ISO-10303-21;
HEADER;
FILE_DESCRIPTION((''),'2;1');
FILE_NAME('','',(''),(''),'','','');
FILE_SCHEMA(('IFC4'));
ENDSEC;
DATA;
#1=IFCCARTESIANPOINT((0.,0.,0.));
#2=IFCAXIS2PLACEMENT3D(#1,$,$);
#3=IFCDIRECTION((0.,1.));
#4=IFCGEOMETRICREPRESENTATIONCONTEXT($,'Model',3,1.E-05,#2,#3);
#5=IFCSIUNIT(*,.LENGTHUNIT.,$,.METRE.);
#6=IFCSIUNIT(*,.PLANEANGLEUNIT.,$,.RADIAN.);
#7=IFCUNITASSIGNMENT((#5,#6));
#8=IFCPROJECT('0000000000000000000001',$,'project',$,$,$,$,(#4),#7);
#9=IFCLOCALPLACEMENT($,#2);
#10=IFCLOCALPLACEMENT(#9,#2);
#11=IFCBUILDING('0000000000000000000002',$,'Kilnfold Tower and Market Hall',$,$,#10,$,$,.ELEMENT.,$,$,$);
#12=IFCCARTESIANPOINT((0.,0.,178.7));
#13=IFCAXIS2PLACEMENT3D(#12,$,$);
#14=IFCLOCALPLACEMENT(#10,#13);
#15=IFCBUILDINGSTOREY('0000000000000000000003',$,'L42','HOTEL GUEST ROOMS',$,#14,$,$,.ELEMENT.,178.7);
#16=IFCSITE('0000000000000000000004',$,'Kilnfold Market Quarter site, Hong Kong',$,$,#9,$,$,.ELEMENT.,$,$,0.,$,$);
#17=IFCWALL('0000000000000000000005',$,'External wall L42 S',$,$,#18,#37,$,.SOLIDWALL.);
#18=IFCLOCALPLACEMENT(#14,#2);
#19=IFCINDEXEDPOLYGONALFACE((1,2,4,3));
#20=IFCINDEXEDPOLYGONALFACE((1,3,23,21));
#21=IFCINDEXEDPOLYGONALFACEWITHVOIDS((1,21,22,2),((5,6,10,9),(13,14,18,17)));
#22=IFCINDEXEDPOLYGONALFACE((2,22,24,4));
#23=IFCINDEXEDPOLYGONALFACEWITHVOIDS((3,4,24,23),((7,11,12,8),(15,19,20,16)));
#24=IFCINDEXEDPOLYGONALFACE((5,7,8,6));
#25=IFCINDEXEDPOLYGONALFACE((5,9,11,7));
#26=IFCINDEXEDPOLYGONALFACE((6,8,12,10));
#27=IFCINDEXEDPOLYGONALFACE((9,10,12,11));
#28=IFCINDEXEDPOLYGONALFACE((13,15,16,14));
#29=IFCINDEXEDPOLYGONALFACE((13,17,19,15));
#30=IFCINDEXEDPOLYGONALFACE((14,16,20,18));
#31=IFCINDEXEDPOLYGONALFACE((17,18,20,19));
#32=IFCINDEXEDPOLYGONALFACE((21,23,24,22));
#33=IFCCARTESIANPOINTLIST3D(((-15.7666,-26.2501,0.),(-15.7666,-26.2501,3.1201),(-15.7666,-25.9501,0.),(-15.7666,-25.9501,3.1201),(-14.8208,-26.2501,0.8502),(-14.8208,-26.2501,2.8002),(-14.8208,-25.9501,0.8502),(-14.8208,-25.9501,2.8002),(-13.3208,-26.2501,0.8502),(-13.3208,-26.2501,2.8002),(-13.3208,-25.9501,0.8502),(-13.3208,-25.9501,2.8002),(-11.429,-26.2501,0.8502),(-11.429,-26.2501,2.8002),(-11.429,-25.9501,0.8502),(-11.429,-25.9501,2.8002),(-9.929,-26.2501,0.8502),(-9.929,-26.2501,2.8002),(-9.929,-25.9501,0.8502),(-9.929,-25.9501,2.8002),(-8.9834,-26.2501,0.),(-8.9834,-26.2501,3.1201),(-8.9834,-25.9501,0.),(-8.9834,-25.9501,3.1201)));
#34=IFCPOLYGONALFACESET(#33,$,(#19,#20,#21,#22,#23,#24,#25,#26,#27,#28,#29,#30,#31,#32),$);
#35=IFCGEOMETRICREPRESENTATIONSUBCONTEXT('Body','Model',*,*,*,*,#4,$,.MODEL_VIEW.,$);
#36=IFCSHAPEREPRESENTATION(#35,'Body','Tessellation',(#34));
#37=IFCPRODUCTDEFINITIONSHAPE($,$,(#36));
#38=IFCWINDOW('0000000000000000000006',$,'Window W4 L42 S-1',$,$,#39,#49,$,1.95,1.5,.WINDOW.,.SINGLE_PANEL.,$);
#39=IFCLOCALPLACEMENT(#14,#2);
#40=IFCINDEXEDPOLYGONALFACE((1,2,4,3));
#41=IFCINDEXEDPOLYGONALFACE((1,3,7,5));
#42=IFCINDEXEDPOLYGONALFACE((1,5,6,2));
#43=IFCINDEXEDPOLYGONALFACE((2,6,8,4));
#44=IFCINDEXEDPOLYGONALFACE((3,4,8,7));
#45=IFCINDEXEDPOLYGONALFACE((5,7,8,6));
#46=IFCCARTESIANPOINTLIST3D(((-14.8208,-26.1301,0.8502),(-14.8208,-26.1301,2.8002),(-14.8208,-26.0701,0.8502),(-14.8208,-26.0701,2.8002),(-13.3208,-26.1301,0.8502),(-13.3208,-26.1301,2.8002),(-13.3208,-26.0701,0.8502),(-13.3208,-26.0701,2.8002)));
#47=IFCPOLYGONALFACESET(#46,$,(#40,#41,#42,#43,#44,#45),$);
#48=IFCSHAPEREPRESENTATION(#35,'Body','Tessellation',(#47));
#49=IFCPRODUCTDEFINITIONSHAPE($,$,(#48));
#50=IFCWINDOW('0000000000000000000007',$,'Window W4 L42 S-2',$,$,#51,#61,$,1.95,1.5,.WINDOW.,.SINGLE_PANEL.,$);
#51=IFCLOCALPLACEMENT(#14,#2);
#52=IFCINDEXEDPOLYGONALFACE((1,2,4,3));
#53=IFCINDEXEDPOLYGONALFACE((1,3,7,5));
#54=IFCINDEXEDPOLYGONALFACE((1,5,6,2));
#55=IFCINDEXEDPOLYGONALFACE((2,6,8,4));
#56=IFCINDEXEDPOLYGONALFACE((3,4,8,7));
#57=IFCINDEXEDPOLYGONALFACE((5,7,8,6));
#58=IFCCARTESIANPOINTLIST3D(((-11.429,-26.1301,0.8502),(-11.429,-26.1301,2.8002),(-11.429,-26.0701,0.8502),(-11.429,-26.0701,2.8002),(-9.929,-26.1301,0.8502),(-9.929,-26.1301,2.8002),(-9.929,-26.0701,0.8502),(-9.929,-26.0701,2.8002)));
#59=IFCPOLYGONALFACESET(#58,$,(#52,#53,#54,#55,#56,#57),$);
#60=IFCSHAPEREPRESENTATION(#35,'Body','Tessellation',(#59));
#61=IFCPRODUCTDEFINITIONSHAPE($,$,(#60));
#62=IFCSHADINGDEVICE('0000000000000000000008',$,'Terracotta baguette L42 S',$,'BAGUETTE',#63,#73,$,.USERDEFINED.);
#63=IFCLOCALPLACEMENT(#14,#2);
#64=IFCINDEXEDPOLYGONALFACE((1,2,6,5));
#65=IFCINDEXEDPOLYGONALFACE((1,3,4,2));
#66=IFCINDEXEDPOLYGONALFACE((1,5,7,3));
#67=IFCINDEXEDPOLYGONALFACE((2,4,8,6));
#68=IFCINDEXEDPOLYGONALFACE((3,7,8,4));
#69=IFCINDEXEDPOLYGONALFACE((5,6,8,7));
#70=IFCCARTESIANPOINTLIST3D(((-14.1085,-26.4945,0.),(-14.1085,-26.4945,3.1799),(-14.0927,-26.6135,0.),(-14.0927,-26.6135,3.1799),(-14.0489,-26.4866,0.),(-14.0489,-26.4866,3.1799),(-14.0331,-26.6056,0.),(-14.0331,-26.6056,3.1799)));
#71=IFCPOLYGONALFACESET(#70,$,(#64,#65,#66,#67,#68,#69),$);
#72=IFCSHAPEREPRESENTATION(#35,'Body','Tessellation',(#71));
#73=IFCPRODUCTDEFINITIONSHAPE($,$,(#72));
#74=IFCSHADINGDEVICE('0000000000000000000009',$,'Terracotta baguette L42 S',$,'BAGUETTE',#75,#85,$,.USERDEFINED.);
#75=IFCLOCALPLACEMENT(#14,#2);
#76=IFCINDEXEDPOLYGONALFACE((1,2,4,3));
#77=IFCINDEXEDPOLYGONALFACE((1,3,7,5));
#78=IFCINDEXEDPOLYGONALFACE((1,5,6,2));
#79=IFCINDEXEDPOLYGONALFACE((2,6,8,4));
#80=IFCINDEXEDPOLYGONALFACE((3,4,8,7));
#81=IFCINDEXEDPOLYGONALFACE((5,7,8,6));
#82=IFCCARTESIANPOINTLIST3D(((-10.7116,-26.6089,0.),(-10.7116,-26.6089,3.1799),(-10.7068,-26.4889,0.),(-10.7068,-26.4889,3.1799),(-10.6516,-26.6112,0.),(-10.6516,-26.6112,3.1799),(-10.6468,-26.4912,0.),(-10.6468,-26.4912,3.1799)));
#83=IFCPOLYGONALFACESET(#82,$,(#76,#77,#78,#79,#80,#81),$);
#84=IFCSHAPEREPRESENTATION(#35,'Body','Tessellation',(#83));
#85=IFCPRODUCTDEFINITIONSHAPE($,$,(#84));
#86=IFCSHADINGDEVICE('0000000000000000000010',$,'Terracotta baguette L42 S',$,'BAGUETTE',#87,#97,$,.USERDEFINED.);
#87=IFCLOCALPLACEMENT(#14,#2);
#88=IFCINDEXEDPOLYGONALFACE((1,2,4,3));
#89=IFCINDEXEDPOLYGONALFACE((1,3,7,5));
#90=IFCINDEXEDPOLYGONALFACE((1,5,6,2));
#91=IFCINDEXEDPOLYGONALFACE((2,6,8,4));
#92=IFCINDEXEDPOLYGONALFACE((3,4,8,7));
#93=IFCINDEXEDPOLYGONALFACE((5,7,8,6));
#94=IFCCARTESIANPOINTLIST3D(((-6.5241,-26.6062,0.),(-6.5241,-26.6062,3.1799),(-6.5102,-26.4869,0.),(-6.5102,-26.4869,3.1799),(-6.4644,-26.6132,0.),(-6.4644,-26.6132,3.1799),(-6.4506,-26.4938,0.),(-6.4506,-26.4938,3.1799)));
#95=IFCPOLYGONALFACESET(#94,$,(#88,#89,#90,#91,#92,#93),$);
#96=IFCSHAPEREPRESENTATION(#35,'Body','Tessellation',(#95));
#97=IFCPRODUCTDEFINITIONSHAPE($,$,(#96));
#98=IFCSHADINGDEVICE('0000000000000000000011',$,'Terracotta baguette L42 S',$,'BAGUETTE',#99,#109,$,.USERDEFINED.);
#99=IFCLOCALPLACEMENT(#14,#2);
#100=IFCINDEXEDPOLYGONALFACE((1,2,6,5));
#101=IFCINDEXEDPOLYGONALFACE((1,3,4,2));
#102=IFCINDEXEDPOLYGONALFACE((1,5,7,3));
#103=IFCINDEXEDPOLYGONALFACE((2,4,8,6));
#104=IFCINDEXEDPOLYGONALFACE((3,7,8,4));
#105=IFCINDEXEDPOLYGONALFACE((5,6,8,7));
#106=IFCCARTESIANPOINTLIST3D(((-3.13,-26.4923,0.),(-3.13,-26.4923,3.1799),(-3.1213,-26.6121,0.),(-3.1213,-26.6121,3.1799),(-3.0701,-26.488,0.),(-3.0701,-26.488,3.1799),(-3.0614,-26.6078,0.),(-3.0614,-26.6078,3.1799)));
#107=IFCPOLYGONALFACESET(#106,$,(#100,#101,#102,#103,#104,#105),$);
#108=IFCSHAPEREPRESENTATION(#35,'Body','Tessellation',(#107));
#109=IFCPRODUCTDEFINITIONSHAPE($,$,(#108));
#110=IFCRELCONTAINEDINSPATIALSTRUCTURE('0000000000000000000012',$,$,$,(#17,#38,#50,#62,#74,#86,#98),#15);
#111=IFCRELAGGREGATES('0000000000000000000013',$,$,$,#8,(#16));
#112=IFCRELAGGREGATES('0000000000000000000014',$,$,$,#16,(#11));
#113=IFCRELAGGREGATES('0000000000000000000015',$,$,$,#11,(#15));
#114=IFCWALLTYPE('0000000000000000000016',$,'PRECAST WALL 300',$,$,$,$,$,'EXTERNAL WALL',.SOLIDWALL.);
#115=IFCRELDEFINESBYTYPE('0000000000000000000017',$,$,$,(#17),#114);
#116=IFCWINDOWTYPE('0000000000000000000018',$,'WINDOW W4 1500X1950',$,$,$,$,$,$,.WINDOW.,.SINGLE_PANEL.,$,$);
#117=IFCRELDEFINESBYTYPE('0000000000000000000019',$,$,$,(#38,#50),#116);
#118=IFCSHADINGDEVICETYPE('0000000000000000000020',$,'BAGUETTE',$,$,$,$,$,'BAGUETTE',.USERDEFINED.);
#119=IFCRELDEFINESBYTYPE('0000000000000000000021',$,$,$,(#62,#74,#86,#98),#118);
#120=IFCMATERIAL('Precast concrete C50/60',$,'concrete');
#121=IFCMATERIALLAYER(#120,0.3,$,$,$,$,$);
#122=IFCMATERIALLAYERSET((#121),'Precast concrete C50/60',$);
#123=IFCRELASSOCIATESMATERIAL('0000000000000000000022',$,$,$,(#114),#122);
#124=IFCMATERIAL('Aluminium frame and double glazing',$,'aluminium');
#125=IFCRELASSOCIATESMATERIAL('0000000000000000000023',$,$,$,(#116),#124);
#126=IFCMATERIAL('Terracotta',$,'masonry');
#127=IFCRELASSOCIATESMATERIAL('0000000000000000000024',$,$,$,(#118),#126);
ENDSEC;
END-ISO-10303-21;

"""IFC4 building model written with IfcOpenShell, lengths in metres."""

from ifc_helpers import new_model, si_unit, direction, frame, frame_2d, origin, origin_2d, place, context, subcontext, project, spatial, rectangle, extrude, source, transform, mapped, material, layer, layer_set, material_profile, profile_set, type_object, element, fill, save


model = new_model("IFC4")

# Units and contexts
model_context = context("Model", 3, precision=1e-05, world=origin(), true_north=direction((0.0, 1.0)))
body_context = subcontext(model_context, "Body", "Model", "MODEL_VIEW")
ifc_project = project(units=[si_unit("LENGTHUNIT", "METRE"), si_unit("PLANEANGLEUNIT", "RADIAN")], contexts=[model_context])

# Site, building, storey
site_placement = place(None, origin())
site = spatial("IfcSite", under=ifc_project, at=site_placement, Name="Kilnfold Market Quarter site, Hong Kong", CompositionType="ELEMENT", RefElevation=0.0)
building_placement = place(site_placement, origin())
building = spatial("IfcBuilding", under=site, at=building_placement, Name="Kilnfold Tower and Market Hall", CompositionType="ELEMENT")
storey_placement = place(building_placement, frame((0.0, 0.0, 178.7)))
storey = spatial("IfcBuildingStorey", under=building, at=storey_placement, Name="L42", Description="HOTEL GUEST ROOMS", CompositionType="ELEMENT", Elevation=178.7)

# Wall, openings, windows
ifc_material_1 = material(Name="Precast concrete C50/60", Category="concrete")
ifc_layer_1 = layer(ifc_material_1, 0.3)
ifc_layer_set_1 = layer_set([ifc_layer_1], Name="Precast concrete C50/60")
wall_type_1 = type_object("IfcWallType", Name="PRECAST WALL 300", ElementType="EXTERNAL WALL", PredefinedType="SOLIDWALL", material=ifc_layer_set_1)
ifc_material_2 = material(Name="Aluminium frame and double glazing", Category="aluminium")
window_type = type_object("IfcWindowType", Name="WINDOW W4 1500X1950", PartitioningType="SINGLE_PANEL", PredefinedType="WINDOW", material=ifc_material_2)
shared_shape_1 = source(origin(), body_context, "Body", "SweptSolid", [
    extrude(rectangle(XDim=6.7832, YDim=0.3, at=frame_2d((3.3916, 0.0))), origin(), (0.0, 0.0, 1.0), 3.1201),
])
wall_1_placement = place(storey_placement, frame((-15.7666, -26.1001, 0.0), z_axis=(0.0, 0.0, 1.0), x_axis=(1.0, 0.0, 0.0)))
wall_1 = element("IfcWall", 1, at=wall_1_placement, inside=storey, type_object=wall_type_1, Name="External wall L42 S", PredefinedType="SOLIDWALL", context=body_context, shape_type="MappedRepresentation", body=[
    mapped(shared_shape_1, transform((0.0, 0.0, 0.0))),
])
opening_1_placement = place(wall_1_placement, frame((0.9458, 0.0, 0.8501)))
opening_1 = element("IfcOpeningElement", 2, at=opening_1_placement, cuts=wall_1, PredefinedType="OPENING", context=body_context, shape_type="SweptSolid", body=[
    extrude(rectangle(XDim=1.5, YDim=1.95, at=frame_2d((0.75, 0.9751))), frame((0.0, 0.1602, 0.0), z_axis=(0.0, -1.0, 0.0), x_axis=(1.0, 0.0, 0.0)), (0.0, 0.0, 1.0), 0.3201),
])
opening_2_placement = place(wall_1_placement, frame((4.3376, 0.0, 0.8501)))
opening_2 = element("IfcOpeningElement", 3, at=opening_2_placement, cuts=wall_1, PredefinedType="OPENING", context=body_context, shape_type="SweptSolid", body=[
    extrude(rectangle(XDim=1.5, YDim=1.95, at=frame_2d((0.75, 0.9751))), frame((0.0, 0.1602, 0.0), z_axis=(0.0, -1.0, 0.0), x_axis=(1.0, 0.0, 0.0)), (0.0, 0.0, 1.0), 0.3201),
])
window_1_placement = place(opening_1_placement, origin())
window_1 = element("IfcWindow", 4, at=window_1_placement, inside=storey, type_object=window_type, Name="Window W4 L42 S-1", OverallHeight=1.95, OverallWidth=1.5, PartitioningType="SINGLE_PANEL", PredefinedType="WINDOW", context=body_context, shape_type="SweptSolid", body=[
    extrude(rectangle(XDim=1.5, YDim=1.95, at=frame_2d((0.75, 0.9751))), frame((0.0, 0.03, 0.0), z_axis=(0.0, -1.0, 0.0), x_axis=(1.0, 0.0, 0.0)), (0.0, 0.0, 1.0), 0.0601),
])
fill(opening_1, window_1)
window_2_placement = place(opening_2_placement, origin())
window_2 = element("IfcWindow", 5, at=window_2_placement, inside=storey, type_object=window_type, Name="Window W4 L42 S-2", OverallHeight=1.95, OverallWidth=1.5, PartitioningType="SINGLE_PANEL", PredefinedType="WINDOW", context=body_context, shape_type="SweptSolid", body=[
    extrude(rectangle(XDim=1.5, YDim=1.95, at=frame_2d((0.75, 0.9751))), frame((0.0, 0.03, 0.0), z_axis=(0.0, -1.0, 0.0), x_axis=(1.0, 0.0, 0.0)), (0.0, 0.0, 1.0), 0.0601),
])
fill(opening_2, window_2)

# Shading devices
ifc_material_3 = material(Name="Terracotta", Category="masonry")
ifc_material_profile_1 = material_profile(ifc_material_3, rectangle(XDim=0.0601, YDim=0.1201, at=origin_2d()), Name="BAG 60x120")
ifc_profile_set_1 = profile_set([ifc_material_profile_1], Name="Terracotta")
shading_device_type = type_object("IfcShadingDeviceType", Name="BAGUETTE", ElementType="BAGUETTE", PredefinedType="USERDEFINED", material=ifc_profile_set_1)
shared_shape_2 = source(origin(), body_context, "Body", "SweptSolid", [
    extrude(rectangle(XDim=0.0601, YDim=0.1201, at=origin_2d()), origin(), (0.0, 0.0, 1.0), 3.1799),
])
for number, where, z_axis, x_axis, name in (
    (6, (-14.0708, -26.55, 0.0), (0.0, 0.0, 1.0), (0.99132, 0.131467, 0.0), "Terracotta baguette L42 S"),
    (7, (-10.6792, -26.55, 0.0), (0.0, 0.0, 1.0), (0.999221, -0.039476, 0.0), "Terracotta baguette L42 S"),
    (8, (-6.4873, -26.55, 0.0), (0.0, 0.0, 1.0), (0.993342, -0.115206, 0.0), "Terracotta baguette L42 S"),
    (9, (-3.0957, -26.55, 0.0), (0.0, 0.0, 1.0), (0.997351, 0.07274, 0.0), "Terracotta baguette L42 S"),
):
    element("IfcShadingDevice", number, at=place(storey_placement, frame(where, z_axis=z_axis, x_axis=x_axis)), inside=storey, type_object=shading_device_type, Name=name, ObjectType="BAGUETTE", PredefinedType="USERDEFINED", context=body_context, shape_type="MappedRepresentation", body=[
        mapped(shared_shape_2, transform((0.0, 0.0, 0.0))),
    ])

save(model, "model.ifc")
